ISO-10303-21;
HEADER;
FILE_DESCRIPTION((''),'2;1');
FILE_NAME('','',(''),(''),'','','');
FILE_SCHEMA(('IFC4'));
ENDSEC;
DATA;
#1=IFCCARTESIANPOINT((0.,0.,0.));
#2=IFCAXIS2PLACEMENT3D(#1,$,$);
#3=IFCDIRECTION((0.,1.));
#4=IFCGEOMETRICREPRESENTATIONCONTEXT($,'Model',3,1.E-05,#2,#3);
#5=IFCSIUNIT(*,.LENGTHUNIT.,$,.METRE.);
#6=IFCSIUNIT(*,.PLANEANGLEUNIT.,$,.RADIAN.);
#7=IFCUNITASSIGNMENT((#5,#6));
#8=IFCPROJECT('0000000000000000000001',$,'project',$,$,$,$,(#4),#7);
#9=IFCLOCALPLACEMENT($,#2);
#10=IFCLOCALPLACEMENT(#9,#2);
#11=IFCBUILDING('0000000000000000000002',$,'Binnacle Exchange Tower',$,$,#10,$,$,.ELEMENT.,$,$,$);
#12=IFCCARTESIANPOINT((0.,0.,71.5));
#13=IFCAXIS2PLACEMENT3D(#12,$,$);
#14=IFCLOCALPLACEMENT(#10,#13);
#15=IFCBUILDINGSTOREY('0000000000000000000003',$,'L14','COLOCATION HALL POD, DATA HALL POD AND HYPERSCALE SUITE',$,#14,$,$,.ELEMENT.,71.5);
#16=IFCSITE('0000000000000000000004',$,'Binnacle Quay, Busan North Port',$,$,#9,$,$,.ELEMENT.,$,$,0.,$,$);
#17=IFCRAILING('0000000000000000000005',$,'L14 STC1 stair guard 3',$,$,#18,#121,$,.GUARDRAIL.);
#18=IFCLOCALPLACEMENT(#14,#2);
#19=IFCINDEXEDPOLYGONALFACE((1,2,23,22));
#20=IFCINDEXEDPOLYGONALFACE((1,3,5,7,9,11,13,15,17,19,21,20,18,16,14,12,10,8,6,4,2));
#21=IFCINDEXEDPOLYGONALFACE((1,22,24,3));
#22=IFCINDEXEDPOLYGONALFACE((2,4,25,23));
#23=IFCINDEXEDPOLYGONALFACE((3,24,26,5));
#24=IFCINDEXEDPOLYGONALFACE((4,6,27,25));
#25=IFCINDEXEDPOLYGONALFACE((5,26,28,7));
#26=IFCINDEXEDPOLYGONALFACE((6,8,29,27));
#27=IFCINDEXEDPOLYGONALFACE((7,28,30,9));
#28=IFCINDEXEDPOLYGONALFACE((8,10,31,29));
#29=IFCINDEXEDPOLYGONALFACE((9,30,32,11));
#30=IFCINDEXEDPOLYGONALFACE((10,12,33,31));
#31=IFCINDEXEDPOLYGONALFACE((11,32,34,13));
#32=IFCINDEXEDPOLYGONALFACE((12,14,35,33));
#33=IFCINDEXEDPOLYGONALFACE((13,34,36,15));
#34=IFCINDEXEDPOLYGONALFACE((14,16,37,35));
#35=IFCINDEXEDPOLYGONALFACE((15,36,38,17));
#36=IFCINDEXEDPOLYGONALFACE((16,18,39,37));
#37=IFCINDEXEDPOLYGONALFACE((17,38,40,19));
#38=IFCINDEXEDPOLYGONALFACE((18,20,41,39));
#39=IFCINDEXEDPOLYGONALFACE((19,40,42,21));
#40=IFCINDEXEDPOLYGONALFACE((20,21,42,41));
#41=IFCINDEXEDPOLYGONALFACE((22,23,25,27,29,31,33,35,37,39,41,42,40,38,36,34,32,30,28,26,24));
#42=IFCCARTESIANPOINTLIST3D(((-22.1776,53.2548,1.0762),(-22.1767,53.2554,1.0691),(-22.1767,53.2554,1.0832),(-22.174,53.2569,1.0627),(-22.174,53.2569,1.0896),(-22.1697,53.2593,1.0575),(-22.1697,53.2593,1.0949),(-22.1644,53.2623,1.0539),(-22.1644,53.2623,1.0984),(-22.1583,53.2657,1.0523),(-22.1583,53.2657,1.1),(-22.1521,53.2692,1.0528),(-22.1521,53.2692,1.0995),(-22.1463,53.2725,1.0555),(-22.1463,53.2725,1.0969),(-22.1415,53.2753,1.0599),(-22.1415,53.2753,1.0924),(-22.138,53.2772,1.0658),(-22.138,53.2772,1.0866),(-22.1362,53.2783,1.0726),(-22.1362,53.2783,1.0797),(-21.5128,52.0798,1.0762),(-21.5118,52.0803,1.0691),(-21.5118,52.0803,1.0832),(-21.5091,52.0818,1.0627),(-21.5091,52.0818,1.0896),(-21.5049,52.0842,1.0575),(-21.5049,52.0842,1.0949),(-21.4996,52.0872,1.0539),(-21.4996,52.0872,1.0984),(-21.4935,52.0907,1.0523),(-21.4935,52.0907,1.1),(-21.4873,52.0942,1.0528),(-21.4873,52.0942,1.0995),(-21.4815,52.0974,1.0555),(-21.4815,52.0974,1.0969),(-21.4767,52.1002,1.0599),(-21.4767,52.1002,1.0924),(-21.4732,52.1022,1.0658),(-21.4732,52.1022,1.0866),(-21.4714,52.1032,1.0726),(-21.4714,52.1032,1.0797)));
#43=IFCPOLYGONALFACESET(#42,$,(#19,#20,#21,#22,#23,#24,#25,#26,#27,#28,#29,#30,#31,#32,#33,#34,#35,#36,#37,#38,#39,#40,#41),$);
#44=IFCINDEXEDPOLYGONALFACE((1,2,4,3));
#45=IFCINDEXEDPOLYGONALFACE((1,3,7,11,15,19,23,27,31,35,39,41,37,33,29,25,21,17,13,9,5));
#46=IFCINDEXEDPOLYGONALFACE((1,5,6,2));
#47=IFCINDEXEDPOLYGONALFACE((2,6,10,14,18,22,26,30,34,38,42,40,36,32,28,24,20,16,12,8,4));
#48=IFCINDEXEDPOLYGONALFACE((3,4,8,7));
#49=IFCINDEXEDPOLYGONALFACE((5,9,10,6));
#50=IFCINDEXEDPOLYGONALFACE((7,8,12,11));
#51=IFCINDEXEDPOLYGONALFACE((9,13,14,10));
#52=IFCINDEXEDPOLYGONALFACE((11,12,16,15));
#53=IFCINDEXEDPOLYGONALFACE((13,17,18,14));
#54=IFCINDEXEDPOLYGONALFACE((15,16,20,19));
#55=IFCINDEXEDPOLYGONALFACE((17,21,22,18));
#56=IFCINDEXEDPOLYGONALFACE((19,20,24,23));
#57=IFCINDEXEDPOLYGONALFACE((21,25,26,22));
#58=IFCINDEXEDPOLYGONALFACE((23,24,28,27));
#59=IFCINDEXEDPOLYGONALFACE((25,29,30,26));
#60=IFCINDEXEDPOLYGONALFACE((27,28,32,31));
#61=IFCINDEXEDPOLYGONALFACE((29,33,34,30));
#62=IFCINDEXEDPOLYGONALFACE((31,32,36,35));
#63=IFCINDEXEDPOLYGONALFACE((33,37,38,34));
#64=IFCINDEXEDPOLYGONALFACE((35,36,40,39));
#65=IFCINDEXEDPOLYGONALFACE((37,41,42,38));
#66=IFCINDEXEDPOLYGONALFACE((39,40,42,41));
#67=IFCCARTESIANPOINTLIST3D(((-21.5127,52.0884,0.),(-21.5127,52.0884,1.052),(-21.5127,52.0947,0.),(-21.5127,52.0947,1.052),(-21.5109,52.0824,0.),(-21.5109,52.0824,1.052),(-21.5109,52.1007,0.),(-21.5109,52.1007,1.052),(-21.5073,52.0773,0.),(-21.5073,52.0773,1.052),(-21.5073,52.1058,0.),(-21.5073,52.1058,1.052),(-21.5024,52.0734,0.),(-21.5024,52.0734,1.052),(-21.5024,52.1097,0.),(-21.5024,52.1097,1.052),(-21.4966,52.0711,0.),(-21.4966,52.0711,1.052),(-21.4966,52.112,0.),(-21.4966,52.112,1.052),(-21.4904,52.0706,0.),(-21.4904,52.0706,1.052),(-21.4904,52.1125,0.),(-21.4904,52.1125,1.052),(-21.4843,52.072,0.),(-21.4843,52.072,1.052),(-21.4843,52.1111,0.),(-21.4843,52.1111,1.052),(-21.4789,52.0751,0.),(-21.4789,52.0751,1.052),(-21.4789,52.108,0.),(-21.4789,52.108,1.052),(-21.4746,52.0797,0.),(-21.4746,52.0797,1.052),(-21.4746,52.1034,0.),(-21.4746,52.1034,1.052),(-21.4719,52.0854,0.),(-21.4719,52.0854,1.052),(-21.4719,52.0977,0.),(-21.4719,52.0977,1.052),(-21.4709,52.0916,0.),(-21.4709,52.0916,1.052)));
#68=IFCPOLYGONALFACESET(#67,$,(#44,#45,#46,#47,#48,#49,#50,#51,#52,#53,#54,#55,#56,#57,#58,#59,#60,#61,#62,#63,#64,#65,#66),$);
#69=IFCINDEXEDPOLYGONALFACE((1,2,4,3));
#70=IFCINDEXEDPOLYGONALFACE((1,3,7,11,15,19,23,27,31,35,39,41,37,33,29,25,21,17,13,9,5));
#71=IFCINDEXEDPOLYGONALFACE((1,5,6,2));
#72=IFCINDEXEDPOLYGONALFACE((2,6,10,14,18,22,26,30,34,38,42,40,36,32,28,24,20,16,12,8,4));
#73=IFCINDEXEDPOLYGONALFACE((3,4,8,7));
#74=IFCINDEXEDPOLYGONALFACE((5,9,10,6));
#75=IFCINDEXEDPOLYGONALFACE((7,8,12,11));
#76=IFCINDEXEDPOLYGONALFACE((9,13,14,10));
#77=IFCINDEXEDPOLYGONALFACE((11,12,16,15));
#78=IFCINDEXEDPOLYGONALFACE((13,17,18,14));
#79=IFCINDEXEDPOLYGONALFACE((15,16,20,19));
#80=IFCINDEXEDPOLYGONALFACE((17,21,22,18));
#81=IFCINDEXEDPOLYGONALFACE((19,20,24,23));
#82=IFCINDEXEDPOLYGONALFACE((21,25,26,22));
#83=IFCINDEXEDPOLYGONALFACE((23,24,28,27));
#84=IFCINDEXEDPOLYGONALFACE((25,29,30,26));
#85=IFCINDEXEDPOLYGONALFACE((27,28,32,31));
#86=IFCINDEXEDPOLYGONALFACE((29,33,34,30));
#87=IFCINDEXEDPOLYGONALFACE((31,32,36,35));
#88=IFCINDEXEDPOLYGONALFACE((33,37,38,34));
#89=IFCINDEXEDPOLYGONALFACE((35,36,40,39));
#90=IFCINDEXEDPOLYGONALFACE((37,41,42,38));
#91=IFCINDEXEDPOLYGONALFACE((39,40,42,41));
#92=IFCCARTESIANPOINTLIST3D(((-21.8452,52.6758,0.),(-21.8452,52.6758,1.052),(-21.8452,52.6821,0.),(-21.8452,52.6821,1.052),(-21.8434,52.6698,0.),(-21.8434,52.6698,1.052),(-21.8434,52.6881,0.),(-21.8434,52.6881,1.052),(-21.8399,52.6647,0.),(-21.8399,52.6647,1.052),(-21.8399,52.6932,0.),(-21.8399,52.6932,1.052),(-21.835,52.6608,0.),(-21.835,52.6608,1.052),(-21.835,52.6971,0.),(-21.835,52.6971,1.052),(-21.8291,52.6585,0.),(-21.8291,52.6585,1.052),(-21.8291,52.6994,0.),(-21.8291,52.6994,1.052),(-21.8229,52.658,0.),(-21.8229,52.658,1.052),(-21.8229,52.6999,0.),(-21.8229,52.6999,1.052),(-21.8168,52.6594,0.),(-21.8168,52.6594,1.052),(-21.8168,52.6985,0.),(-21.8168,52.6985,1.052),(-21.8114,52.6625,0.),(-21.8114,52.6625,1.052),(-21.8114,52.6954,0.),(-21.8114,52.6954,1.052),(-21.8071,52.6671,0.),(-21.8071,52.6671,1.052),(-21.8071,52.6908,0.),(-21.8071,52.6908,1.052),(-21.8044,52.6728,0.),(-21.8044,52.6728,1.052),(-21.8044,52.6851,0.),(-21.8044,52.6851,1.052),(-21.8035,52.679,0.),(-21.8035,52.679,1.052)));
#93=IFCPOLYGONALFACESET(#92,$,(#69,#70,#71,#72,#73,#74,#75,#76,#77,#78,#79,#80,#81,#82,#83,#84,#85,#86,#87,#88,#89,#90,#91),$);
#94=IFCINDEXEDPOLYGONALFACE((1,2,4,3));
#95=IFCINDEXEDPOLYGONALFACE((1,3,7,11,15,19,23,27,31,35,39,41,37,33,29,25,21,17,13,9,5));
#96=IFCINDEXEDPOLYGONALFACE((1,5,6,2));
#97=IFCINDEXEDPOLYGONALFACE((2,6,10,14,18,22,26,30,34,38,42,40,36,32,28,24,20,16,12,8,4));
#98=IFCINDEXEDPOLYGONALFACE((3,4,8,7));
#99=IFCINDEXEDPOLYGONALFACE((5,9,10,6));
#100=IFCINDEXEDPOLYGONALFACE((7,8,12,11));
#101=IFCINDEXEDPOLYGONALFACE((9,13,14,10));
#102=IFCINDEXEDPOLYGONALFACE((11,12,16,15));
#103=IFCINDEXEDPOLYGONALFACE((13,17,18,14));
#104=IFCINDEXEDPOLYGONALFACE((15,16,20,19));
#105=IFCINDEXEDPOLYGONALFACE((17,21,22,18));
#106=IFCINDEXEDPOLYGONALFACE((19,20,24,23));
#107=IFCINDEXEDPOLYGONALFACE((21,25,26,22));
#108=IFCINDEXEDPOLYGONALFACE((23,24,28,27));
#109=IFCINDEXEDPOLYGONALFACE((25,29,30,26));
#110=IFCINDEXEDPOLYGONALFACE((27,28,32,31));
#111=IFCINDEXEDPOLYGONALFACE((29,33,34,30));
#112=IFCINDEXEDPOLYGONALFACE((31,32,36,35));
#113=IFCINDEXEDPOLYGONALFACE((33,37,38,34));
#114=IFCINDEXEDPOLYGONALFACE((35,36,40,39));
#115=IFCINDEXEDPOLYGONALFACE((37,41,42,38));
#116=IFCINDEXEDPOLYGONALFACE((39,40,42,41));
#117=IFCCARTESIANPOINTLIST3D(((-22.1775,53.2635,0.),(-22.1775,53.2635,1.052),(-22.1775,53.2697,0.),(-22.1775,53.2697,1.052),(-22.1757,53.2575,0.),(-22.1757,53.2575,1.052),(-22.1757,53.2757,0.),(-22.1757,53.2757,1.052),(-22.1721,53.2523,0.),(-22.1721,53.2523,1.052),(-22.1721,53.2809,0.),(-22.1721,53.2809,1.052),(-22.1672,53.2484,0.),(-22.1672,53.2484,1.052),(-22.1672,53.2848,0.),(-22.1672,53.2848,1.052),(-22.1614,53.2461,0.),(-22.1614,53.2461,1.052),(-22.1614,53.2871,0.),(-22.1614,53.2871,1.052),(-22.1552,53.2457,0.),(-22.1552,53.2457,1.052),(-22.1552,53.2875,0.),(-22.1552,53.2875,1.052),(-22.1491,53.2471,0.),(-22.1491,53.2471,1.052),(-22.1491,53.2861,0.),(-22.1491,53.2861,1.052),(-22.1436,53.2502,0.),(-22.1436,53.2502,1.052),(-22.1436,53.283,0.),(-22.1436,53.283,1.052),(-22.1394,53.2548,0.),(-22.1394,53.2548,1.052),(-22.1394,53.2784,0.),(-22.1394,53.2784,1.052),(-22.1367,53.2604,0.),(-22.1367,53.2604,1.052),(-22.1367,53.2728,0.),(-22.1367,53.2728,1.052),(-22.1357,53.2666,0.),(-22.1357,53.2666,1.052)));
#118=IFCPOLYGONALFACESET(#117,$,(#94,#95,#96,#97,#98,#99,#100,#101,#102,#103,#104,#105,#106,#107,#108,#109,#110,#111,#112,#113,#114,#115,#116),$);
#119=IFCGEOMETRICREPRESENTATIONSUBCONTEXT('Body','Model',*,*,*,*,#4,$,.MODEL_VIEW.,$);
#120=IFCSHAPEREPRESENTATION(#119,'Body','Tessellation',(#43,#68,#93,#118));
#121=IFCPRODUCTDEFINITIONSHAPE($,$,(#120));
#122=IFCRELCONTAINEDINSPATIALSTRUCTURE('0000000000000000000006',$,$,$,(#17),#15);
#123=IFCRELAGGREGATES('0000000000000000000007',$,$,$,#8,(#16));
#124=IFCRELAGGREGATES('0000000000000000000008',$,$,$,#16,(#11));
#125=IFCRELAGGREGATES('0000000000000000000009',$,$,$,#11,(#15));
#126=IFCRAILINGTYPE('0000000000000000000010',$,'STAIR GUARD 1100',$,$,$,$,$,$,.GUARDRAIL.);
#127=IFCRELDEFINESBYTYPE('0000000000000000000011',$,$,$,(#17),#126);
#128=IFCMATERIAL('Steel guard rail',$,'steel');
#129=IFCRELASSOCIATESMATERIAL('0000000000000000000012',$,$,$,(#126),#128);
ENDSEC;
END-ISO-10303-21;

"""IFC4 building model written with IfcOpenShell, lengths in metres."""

from ifc_helpers import new_model, si_unit, direction, frame, origin, origin_2d, place, context, subcontext, project, spatial, circle, extrude, material, type_object, element, save


model = new_model("IFC4")

# Units and contexts
model_context = context("Model", 3, precision=1e-05, world=origin(), true_north=direction((0.0, 1.0)))
body_context = subcontext(model_context, "Body", "Model", "MODEL_VIEW")
ifc_project = project(units=[si_unit("LENGTHUNIT", "METRE"), si_unit("PLANEANGLEUNIT", "RADIAN")], contexts=[model_context])

# Site, building, storey
site_placement = place(None, origin())
site = spatial("IfcSite", under=ifc_project, at=site_placement, Name="Binnacle Quay, Busan North Port", CompositionType="ELEMENT", RefElevation=0.0)
building_placement = place(site_placement, origin())
building = spatial("IfcBuilding", under=site, at=building_placement, Name="Binnacle Exchange Tower", CompositionType="ELEMENT")
storey_placement = place(building_placement, frame((0.0, 0.0, 71.5)))
storey = spatial("IfcBuildingStorey", under=building, at=storey_placement, Name="L14", Description="COLOCATION HALL POD, DATA HALL POD AND HYPERSCALE SUITE", CompositionType="ELEMENT", Elevation=71.5)

# Railing
ifc_material_1 = material(Name="Steel guard rail", Category="steel")
railing_type_1 = type_object("IfcRailingType", Name="STAIR GUARD 1100", PredefinedType="GUARDRAIL", material=ifc_material_1)
railing_1_placement = place(storey_placement, frame((-21.4919, 52.0916, 0.0)))
element("IfcRailing", 1, at=railing_1_placement, inside=storey, type_object=railing_type_1, Name="L14 STC1 stair guard 3", PredefinedType="GUARDRAIL", context=body_context, shape_type="SweptSolid", body=[
    extrude(circle(Radius=0.0239, at=origin_2d()), frame((0.0, 0.0, 1.0762), z_axis=(-0.492415, 0.870361, 0.0), x_axis=(-0.870361, -0.492415, 0.0)), (0.0, 0.0, 1.0), 1.3501),
    extrude(circle(Radius=0.021, at=origin_2d()), origin(), (0.0, 0.0, 1.0), 1.052),
    extrude(circle(Radius=0.021, at=origin_2d()), frame((-0.3325, 0.5874, 0.0)), (0.0, 0.0, 1.0), 1.052),
    extrude(circle(Radius=0.021, at=origin_2d()), frame((-0.6648, 1.175, 0.0)), (0.0, 0.0, 1.0), 1.052),
])

save(model, "model.ifc")
